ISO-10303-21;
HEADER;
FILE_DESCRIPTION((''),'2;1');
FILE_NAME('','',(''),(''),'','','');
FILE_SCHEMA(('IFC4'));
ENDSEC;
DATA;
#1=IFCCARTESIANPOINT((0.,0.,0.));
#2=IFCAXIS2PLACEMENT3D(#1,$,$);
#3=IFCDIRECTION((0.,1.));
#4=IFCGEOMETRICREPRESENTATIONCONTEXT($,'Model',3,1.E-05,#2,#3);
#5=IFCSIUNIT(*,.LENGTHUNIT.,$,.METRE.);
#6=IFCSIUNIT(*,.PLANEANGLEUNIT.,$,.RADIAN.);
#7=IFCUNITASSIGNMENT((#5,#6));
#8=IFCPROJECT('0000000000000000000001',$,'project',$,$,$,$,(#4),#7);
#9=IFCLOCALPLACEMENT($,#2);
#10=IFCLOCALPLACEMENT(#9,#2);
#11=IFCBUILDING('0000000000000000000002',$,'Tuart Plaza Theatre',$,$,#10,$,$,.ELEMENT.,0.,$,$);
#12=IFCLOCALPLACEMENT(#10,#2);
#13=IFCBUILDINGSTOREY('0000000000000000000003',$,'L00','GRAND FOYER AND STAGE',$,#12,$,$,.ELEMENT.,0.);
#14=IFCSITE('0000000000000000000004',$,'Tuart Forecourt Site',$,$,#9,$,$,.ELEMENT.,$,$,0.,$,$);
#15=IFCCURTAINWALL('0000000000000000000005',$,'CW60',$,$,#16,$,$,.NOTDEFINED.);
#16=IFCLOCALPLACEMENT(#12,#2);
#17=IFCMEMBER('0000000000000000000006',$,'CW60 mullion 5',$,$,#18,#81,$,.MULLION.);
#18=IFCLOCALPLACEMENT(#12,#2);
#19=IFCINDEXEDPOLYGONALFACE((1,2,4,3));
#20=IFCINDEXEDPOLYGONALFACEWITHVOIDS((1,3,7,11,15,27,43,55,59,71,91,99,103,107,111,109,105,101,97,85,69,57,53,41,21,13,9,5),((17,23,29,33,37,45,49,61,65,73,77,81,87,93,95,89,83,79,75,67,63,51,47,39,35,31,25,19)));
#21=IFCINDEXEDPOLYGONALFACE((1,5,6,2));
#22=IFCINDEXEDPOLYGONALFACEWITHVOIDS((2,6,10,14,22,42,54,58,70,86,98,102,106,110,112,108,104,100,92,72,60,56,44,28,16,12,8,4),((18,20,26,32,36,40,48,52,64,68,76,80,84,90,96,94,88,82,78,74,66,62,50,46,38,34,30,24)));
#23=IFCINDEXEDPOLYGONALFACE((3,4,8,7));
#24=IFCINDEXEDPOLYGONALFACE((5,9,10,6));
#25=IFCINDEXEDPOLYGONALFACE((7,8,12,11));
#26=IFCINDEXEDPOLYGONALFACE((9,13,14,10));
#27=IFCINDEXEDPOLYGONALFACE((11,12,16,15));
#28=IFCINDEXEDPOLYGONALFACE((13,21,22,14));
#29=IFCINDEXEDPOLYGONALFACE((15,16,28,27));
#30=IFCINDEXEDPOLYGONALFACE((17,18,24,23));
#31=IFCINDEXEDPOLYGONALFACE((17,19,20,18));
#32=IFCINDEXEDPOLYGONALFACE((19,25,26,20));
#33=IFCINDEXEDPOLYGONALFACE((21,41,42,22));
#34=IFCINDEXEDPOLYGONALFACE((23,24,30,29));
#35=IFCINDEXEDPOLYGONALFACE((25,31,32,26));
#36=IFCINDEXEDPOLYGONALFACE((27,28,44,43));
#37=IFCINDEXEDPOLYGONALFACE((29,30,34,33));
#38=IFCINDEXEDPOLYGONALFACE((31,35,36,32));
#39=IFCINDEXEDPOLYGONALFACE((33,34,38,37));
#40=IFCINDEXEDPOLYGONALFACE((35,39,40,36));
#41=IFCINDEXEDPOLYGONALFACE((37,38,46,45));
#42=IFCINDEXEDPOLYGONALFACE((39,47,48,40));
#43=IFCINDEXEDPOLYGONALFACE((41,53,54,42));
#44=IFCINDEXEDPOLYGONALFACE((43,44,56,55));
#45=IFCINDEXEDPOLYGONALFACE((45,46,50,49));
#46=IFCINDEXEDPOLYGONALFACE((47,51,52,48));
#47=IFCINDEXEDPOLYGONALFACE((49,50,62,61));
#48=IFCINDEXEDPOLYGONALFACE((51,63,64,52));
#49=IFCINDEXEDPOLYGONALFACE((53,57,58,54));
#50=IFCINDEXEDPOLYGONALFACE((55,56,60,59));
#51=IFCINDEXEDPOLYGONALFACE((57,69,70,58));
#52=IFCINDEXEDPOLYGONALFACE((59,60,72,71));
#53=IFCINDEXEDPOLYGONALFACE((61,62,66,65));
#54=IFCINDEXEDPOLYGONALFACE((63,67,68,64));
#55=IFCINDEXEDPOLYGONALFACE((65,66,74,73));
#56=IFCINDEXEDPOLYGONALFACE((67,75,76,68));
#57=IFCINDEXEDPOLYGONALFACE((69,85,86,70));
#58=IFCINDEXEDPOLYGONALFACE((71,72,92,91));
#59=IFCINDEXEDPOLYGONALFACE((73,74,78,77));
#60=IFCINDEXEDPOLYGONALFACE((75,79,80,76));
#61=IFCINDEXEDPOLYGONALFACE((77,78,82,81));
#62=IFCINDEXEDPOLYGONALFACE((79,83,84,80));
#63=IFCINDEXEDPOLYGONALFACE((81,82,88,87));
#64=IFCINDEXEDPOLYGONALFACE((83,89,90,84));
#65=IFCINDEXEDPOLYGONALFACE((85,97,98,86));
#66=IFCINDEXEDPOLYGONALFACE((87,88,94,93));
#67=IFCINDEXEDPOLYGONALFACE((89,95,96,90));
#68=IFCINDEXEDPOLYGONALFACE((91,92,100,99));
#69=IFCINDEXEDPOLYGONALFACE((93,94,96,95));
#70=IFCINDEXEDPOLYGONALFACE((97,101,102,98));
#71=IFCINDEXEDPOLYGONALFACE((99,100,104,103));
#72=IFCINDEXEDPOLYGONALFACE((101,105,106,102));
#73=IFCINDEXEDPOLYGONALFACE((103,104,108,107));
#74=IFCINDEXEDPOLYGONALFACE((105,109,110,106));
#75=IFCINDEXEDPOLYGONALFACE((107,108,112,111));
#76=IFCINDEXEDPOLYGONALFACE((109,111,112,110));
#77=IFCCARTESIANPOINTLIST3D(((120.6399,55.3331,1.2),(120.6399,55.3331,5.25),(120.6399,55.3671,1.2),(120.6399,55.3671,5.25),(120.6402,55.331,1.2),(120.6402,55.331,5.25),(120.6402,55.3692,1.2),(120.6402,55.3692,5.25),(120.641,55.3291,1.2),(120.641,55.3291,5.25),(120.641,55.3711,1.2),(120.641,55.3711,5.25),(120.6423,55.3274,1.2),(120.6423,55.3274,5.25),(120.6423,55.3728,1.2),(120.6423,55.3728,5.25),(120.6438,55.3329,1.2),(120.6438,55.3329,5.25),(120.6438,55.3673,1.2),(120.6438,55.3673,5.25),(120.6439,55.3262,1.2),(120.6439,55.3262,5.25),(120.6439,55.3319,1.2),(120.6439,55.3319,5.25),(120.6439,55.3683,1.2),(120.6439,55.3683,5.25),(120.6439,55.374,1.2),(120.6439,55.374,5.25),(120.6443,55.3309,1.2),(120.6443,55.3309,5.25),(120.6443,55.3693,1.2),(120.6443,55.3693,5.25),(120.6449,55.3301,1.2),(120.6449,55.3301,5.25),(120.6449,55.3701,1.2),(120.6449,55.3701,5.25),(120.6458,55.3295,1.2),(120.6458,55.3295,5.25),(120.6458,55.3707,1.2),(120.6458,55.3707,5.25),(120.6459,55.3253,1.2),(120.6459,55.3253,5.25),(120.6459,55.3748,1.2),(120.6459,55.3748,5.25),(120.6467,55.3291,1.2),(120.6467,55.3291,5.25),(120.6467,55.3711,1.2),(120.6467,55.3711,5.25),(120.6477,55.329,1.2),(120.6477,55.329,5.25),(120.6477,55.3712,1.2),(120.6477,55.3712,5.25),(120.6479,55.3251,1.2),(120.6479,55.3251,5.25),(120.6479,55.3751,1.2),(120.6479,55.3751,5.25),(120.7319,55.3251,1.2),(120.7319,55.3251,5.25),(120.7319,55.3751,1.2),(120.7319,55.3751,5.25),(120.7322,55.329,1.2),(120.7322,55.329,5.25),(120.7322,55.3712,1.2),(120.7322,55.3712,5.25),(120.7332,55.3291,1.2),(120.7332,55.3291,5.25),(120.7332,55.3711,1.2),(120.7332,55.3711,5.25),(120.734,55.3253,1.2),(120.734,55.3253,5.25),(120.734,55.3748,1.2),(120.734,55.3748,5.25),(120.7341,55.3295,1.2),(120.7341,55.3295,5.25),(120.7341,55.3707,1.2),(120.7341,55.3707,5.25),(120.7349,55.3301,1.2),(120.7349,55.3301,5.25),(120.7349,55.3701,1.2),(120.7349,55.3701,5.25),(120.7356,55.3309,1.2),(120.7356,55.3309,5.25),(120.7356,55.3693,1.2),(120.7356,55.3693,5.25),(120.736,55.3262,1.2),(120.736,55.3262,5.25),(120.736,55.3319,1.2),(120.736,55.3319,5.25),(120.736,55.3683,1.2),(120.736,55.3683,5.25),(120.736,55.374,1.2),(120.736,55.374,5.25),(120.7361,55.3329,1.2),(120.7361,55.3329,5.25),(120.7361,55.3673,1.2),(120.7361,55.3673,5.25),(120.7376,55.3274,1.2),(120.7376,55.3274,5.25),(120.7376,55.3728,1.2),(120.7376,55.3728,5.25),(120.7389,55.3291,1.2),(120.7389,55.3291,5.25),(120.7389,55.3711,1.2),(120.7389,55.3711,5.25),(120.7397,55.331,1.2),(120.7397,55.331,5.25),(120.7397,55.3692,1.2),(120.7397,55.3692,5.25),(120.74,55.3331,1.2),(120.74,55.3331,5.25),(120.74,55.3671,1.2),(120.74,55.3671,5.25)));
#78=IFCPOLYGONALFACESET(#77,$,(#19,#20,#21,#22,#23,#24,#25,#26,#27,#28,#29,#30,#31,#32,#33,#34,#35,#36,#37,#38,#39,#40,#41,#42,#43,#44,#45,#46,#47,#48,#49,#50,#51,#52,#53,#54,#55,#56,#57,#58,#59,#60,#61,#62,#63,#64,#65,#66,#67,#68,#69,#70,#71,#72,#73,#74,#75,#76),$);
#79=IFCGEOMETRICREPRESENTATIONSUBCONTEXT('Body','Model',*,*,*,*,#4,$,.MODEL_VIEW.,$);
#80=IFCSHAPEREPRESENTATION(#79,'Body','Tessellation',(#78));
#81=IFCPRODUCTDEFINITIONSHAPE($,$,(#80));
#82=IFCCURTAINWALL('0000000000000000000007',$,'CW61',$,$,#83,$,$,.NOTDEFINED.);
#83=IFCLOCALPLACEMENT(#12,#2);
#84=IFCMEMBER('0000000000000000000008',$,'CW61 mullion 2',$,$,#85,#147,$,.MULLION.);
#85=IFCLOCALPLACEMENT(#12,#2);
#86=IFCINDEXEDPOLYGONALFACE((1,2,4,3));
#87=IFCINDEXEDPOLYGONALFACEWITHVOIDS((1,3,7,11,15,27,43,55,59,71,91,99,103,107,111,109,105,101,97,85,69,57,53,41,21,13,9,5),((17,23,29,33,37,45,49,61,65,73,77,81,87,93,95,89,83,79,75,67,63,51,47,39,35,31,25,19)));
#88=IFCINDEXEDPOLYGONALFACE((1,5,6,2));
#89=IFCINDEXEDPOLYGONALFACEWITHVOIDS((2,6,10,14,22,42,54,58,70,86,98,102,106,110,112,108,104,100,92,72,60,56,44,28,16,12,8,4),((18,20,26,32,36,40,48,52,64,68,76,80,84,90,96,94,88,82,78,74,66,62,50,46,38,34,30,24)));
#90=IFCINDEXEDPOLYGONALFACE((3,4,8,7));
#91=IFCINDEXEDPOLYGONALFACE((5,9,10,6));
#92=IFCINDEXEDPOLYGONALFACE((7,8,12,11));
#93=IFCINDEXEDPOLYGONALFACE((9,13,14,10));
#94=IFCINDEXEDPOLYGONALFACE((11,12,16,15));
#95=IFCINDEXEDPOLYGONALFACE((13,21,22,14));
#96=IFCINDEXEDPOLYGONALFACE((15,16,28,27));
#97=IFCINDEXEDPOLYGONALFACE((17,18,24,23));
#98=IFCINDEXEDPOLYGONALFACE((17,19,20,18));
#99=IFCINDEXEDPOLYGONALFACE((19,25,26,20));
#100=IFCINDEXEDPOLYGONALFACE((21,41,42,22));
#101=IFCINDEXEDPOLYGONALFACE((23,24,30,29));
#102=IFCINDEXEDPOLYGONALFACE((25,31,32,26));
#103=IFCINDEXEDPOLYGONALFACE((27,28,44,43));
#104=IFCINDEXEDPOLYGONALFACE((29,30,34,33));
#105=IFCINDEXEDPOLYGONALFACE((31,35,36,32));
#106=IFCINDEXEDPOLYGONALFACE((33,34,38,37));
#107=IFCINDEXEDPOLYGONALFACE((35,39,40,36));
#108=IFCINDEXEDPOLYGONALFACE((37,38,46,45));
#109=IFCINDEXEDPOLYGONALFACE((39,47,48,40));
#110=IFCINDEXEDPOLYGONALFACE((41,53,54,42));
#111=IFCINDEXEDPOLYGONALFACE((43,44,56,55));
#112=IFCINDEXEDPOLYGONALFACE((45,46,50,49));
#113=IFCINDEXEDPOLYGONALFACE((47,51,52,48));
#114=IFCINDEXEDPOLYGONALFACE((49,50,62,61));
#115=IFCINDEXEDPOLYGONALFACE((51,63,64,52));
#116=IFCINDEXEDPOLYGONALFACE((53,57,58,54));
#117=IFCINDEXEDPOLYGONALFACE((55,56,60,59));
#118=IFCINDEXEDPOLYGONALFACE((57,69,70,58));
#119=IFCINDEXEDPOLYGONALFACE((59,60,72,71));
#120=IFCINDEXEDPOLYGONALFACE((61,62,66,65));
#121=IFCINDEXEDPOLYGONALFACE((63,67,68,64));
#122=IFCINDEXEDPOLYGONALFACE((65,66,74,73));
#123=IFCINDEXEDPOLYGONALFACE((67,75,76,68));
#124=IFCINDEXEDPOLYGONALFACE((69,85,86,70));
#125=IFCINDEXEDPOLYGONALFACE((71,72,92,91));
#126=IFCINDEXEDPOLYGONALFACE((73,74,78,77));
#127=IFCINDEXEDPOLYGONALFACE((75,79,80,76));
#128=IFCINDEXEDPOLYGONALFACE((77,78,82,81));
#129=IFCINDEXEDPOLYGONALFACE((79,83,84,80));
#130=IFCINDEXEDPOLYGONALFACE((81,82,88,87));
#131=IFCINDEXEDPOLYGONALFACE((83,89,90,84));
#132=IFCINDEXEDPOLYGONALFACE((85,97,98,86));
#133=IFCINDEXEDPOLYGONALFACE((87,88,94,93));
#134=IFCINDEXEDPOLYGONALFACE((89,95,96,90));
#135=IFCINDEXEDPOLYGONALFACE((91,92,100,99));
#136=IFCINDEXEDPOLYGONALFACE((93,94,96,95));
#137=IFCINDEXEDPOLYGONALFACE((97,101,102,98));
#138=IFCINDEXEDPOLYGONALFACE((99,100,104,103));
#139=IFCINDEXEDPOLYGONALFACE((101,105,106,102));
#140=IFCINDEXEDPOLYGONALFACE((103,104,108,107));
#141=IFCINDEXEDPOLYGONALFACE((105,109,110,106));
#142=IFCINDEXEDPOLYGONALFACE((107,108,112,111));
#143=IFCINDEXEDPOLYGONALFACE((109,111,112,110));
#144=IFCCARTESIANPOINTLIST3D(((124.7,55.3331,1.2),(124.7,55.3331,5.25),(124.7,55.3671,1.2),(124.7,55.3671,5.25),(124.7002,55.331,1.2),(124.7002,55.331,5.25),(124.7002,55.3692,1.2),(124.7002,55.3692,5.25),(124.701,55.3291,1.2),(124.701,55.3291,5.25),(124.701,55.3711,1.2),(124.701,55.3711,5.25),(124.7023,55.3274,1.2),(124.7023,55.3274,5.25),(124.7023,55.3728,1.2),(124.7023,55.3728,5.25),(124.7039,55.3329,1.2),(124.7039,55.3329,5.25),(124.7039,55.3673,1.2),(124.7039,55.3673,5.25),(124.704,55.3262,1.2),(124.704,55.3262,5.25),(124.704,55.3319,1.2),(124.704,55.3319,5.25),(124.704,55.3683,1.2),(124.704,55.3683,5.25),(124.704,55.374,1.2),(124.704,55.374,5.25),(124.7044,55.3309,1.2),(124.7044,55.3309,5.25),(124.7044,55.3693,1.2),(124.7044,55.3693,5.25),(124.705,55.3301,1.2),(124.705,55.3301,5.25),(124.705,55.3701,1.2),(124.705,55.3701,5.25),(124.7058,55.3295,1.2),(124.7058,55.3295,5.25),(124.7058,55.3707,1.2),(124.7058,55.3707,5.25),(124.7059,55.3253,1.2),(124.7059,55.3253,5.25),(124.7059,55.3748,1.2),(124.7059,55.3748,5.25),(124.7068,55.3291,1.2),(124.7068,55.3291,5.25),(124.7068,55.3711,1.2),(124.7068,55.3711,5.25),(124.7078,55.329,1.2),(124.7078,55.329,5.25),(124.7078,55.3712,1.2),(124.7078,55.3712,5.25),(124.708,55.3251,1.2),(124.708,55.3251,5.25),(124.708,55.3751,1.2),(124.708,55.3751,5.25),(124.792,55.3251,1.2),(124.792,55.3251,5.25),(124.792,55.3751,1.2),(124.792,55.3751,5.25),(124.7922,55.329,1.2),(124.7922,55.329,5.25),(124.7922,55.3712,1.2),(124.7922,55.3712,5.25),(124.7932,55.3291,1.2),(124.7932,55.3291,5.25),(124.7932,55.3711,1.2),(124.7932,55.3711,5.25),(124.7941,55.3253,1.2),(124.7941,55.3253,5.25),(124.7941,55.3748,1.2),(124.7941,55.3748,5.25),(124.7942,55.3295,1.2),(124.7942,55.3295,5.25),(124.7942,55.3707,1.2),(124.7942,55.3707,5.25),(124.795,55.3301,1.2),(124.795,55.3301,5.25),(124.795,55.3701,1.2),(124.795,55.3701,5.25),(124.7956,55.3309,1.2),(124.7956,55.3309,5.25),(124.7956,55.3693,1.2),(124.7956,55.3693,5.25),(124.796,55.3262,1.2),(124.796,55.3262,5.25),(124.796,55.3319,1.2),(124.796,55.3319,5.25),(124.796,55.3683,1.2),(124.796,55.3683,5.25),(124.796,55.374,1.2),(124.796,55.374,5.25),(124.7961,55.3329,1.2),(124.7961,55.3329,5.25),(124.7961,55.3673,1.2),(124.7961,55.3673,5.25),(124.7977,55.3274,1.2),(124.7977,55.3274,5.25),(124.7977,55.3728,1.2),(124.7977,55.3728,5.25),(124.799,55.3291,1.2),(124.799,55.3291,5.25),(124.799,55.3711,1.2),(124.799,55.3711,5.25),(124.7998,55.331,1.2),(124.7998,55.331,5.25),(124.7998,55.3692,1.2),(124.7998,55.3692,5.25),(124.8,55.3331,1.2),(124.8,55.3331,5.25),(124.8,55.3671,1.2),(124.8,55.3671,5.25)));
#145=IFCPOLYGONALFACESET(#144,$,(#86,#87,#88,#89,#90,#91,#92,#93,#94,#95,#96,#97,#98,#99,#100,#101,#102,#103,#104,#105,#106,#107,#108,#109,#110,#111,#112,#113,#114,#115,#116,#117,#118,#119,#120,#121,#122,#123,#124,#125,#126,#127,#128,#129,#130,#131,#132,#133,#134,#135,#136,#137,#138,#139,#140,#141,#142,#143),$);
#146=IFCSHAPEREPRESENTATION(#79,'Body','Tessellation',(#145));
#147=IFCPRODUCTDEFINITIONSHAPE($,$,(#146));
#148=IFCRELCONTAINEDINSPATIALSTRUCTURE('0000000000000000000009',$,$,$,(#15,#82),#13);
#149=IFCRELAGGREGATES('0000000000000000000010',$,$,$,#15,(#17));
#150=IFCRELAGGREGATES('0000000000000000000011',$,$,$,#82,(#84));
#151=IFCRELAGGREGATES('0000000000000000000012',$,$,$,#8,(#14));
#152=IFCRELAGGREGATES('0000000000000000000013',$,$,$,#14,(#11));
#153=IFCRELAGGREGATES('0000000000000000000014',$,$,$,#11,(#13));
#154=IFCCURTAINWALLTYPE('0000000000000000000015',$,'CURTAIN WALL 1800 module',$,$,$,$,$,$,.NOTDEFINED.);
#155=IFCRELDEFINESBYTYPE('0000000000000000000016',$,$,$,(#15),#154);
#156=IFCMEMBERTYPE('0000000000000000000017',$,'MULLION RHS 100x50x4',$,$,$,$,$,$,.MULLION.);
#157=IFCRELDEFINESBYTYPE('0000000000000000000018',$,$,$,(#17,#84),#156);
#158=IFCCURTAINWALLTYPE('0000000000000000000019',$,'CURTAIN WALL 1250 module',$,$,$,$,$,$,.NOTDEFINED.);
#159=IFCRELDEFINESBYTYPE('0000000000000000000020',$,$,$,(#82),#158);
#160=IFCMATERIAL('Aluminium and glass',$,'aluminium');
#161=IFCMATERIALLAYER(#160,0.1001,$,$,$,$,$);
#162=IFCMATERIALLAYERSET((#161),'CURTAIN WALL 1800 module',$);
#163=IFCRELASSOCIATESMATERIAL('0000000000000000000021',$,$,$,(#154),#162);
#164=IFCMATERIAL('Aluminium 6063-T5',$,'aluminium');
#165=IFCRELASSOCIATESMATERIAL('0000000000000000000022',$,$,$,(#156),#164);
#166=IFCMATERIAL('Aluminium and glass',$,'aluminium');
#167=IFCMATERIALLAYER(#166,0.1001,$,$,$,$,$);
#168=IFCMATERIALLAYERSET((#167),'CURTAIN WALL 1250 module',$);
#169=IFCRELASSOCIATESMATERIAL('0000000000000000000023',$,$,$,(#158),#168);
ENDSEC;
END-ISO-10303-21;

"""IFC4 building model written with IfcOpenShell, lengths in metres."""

from ifc_helpers import new_model, si_unit, direction, frame, origin, origin_2d, place, context, subcontext, project, spatial, hollow_rectangle, extrude, material, layer, layer_set, material_profile, profile_set, type_object, element, aggregate, save


model = new_model("IFC4")

# Units and contexts
model_context = context("Model", 3, precision=1e-05, world=origin(), true_north=direction((0.0, 1.0)))
body_context = subcontext(model_context, "Body", "Model", "MODEL_VIEW")
ifc_project = project(units=[si_unit("LENGTHUNIT", "METRE"), si_unit("PLANEANGLEUNIT", "RADIAN")], contexts=[model_context])

# Site, building, storey
site_placement = place(None, origin())
site = spatial("IfcSite", under=ifc_project, at=site_placement, Name="Tuart Forecourt Site", CompositionType="ELEMENT", RefElevation=0.0)
building_placement = place(site_placement, origin())
building = spatial("IfcBuilding", under=site, at=building_placement, Name="Tuart Plaza Theatre", CompositionType="ELEMENT", ElevationOfRefHeight=0.0)
storey_placement = place(building_placement, origin())
storey = spatial("IfcBuildingStorey", under=building, at=storey_placement, Name="L00", Description="GRAND FOYER AND STAGE", CompositionType="ELEMENT", Elevation=0.0)

# Curtain walls, members
ifc_material_1 = material(Name="Aluminium and glass", Category="aluminium")
ifc_layer_1 = layer(ifc_material_1, 0.1001)
ifc_layer_set_1 = layer_set([ifc_layer_1], Name="CURTAIN WALL 1800 module")
curtain_wall_type_1 = type_object("IfcCurtainWallType", Name="CURTAIN WALL 1800 module", PredefinedType="NOTDEFINED", material=ifc_layer_set_1)
curtain_wall_1_placement = place(storey_placement, origin())
curtain_wall_1 = element("IfcCurtainWall", 1, at=curtain_wall_1_placement, inside=storey, type_object=curtain_wall_type_1, Name="CW60", PredefinedType="NOTDEFINED")
ifc_material_2 = material(Name="Aluminium 6063-T5", Category="aluminium")
ifc_material_profile_1 = material_profile(ifc_material_2, hollow_rectangle(XDim=0.05, YDim=0.1001, WallThickness=0.0039, InnerFilletRadius=0.0039, OuterFilletRadius=0.0081, at=origin_2d()), Name="RHS 100x50x4")
ifc_profile_set_1 = profile_set([ifc_material_profile_1], Name="Aluminium 6063-T5")
member_type_1 = type_object("IfcMemberType", Name="MULLION RHS 100x50x4", PredefinedType="MULLION", material=ifc_profile_set_1)
member_1_placement = place(storey_placement, frame((120.6899, 55.3501, 1.2), z_axis=(0.0, 0.0, 1.0), x_axis=(0.0, 1.0, 0.0)))
member_1 = element("IfcMember", 2, at=member_1_placement, type_object=member_type_1, Name="CW60 mullion 5", PredefinedType="MULLION", context=body_context, shape_type="SweptSolid", body=[
    extrude(hollow_rectangle(XDim=0.05, YDim=0.1001, WallThickness=0.0039, InnerFilletRadius=0.0039, OuterFilletRadius=0.0081, at=origin_2d()), origin(), (0.0, 0.0, 1.0), 4.05),
])
ifc_material_3 = material(Name="Aluminium and glass", Category="aluminium")
ifc_layer_2 = layer(ifc_material_3, 0.1001)
ifc_layer_set_2 = layer_set([ifc_layer_2], Name="CURTAIN WALL 1250 module")
curtain_wall_type_2 = type_object("IfcCurtainWallType", Name="CURTAIN WALL 1250 module", PredefinedType="NOTDEFINED", material=ifc_layer_set_2)
curtain_wall_2_placement = place(storey_placement, origin())
curtain_wall_2 = element("IfcCurtainWall", 3, at=curtain_wall_2_placement, inside=storey, type_object=curtain_wall_type_2, Name="CW61", PredefinedType="NOTDEFINED")
member_2_placement = place(storey_placement, frame((124.75, 55.3501, 1.2), z_axis=(0.0, 0.0, 1.0), x_axis=(0.0, 1.0, 0.0)))
member_2 = element("IfcMember", 4, at=member_2_placement, type_object=member_type_1, Name="CW61 mullion 2", PredefinedType="MULLION", context=body_context, shape_type="SweptSolid", body=[
    extrude(hollow_rectangle(XDim=0.05, YDim=0.1001, WallThickness=0.0039, InnerFilletRadius=0.0039, OuterFilletRadius=0.0081, at=origin_2d()), origin(), (0.0, 0.0, 1.0), 4.05),
])

aggregate(curtain_wall_1, [member_1])
aggregate(curtain_wall_2, [member_2])

save(model, "model.ifc")
